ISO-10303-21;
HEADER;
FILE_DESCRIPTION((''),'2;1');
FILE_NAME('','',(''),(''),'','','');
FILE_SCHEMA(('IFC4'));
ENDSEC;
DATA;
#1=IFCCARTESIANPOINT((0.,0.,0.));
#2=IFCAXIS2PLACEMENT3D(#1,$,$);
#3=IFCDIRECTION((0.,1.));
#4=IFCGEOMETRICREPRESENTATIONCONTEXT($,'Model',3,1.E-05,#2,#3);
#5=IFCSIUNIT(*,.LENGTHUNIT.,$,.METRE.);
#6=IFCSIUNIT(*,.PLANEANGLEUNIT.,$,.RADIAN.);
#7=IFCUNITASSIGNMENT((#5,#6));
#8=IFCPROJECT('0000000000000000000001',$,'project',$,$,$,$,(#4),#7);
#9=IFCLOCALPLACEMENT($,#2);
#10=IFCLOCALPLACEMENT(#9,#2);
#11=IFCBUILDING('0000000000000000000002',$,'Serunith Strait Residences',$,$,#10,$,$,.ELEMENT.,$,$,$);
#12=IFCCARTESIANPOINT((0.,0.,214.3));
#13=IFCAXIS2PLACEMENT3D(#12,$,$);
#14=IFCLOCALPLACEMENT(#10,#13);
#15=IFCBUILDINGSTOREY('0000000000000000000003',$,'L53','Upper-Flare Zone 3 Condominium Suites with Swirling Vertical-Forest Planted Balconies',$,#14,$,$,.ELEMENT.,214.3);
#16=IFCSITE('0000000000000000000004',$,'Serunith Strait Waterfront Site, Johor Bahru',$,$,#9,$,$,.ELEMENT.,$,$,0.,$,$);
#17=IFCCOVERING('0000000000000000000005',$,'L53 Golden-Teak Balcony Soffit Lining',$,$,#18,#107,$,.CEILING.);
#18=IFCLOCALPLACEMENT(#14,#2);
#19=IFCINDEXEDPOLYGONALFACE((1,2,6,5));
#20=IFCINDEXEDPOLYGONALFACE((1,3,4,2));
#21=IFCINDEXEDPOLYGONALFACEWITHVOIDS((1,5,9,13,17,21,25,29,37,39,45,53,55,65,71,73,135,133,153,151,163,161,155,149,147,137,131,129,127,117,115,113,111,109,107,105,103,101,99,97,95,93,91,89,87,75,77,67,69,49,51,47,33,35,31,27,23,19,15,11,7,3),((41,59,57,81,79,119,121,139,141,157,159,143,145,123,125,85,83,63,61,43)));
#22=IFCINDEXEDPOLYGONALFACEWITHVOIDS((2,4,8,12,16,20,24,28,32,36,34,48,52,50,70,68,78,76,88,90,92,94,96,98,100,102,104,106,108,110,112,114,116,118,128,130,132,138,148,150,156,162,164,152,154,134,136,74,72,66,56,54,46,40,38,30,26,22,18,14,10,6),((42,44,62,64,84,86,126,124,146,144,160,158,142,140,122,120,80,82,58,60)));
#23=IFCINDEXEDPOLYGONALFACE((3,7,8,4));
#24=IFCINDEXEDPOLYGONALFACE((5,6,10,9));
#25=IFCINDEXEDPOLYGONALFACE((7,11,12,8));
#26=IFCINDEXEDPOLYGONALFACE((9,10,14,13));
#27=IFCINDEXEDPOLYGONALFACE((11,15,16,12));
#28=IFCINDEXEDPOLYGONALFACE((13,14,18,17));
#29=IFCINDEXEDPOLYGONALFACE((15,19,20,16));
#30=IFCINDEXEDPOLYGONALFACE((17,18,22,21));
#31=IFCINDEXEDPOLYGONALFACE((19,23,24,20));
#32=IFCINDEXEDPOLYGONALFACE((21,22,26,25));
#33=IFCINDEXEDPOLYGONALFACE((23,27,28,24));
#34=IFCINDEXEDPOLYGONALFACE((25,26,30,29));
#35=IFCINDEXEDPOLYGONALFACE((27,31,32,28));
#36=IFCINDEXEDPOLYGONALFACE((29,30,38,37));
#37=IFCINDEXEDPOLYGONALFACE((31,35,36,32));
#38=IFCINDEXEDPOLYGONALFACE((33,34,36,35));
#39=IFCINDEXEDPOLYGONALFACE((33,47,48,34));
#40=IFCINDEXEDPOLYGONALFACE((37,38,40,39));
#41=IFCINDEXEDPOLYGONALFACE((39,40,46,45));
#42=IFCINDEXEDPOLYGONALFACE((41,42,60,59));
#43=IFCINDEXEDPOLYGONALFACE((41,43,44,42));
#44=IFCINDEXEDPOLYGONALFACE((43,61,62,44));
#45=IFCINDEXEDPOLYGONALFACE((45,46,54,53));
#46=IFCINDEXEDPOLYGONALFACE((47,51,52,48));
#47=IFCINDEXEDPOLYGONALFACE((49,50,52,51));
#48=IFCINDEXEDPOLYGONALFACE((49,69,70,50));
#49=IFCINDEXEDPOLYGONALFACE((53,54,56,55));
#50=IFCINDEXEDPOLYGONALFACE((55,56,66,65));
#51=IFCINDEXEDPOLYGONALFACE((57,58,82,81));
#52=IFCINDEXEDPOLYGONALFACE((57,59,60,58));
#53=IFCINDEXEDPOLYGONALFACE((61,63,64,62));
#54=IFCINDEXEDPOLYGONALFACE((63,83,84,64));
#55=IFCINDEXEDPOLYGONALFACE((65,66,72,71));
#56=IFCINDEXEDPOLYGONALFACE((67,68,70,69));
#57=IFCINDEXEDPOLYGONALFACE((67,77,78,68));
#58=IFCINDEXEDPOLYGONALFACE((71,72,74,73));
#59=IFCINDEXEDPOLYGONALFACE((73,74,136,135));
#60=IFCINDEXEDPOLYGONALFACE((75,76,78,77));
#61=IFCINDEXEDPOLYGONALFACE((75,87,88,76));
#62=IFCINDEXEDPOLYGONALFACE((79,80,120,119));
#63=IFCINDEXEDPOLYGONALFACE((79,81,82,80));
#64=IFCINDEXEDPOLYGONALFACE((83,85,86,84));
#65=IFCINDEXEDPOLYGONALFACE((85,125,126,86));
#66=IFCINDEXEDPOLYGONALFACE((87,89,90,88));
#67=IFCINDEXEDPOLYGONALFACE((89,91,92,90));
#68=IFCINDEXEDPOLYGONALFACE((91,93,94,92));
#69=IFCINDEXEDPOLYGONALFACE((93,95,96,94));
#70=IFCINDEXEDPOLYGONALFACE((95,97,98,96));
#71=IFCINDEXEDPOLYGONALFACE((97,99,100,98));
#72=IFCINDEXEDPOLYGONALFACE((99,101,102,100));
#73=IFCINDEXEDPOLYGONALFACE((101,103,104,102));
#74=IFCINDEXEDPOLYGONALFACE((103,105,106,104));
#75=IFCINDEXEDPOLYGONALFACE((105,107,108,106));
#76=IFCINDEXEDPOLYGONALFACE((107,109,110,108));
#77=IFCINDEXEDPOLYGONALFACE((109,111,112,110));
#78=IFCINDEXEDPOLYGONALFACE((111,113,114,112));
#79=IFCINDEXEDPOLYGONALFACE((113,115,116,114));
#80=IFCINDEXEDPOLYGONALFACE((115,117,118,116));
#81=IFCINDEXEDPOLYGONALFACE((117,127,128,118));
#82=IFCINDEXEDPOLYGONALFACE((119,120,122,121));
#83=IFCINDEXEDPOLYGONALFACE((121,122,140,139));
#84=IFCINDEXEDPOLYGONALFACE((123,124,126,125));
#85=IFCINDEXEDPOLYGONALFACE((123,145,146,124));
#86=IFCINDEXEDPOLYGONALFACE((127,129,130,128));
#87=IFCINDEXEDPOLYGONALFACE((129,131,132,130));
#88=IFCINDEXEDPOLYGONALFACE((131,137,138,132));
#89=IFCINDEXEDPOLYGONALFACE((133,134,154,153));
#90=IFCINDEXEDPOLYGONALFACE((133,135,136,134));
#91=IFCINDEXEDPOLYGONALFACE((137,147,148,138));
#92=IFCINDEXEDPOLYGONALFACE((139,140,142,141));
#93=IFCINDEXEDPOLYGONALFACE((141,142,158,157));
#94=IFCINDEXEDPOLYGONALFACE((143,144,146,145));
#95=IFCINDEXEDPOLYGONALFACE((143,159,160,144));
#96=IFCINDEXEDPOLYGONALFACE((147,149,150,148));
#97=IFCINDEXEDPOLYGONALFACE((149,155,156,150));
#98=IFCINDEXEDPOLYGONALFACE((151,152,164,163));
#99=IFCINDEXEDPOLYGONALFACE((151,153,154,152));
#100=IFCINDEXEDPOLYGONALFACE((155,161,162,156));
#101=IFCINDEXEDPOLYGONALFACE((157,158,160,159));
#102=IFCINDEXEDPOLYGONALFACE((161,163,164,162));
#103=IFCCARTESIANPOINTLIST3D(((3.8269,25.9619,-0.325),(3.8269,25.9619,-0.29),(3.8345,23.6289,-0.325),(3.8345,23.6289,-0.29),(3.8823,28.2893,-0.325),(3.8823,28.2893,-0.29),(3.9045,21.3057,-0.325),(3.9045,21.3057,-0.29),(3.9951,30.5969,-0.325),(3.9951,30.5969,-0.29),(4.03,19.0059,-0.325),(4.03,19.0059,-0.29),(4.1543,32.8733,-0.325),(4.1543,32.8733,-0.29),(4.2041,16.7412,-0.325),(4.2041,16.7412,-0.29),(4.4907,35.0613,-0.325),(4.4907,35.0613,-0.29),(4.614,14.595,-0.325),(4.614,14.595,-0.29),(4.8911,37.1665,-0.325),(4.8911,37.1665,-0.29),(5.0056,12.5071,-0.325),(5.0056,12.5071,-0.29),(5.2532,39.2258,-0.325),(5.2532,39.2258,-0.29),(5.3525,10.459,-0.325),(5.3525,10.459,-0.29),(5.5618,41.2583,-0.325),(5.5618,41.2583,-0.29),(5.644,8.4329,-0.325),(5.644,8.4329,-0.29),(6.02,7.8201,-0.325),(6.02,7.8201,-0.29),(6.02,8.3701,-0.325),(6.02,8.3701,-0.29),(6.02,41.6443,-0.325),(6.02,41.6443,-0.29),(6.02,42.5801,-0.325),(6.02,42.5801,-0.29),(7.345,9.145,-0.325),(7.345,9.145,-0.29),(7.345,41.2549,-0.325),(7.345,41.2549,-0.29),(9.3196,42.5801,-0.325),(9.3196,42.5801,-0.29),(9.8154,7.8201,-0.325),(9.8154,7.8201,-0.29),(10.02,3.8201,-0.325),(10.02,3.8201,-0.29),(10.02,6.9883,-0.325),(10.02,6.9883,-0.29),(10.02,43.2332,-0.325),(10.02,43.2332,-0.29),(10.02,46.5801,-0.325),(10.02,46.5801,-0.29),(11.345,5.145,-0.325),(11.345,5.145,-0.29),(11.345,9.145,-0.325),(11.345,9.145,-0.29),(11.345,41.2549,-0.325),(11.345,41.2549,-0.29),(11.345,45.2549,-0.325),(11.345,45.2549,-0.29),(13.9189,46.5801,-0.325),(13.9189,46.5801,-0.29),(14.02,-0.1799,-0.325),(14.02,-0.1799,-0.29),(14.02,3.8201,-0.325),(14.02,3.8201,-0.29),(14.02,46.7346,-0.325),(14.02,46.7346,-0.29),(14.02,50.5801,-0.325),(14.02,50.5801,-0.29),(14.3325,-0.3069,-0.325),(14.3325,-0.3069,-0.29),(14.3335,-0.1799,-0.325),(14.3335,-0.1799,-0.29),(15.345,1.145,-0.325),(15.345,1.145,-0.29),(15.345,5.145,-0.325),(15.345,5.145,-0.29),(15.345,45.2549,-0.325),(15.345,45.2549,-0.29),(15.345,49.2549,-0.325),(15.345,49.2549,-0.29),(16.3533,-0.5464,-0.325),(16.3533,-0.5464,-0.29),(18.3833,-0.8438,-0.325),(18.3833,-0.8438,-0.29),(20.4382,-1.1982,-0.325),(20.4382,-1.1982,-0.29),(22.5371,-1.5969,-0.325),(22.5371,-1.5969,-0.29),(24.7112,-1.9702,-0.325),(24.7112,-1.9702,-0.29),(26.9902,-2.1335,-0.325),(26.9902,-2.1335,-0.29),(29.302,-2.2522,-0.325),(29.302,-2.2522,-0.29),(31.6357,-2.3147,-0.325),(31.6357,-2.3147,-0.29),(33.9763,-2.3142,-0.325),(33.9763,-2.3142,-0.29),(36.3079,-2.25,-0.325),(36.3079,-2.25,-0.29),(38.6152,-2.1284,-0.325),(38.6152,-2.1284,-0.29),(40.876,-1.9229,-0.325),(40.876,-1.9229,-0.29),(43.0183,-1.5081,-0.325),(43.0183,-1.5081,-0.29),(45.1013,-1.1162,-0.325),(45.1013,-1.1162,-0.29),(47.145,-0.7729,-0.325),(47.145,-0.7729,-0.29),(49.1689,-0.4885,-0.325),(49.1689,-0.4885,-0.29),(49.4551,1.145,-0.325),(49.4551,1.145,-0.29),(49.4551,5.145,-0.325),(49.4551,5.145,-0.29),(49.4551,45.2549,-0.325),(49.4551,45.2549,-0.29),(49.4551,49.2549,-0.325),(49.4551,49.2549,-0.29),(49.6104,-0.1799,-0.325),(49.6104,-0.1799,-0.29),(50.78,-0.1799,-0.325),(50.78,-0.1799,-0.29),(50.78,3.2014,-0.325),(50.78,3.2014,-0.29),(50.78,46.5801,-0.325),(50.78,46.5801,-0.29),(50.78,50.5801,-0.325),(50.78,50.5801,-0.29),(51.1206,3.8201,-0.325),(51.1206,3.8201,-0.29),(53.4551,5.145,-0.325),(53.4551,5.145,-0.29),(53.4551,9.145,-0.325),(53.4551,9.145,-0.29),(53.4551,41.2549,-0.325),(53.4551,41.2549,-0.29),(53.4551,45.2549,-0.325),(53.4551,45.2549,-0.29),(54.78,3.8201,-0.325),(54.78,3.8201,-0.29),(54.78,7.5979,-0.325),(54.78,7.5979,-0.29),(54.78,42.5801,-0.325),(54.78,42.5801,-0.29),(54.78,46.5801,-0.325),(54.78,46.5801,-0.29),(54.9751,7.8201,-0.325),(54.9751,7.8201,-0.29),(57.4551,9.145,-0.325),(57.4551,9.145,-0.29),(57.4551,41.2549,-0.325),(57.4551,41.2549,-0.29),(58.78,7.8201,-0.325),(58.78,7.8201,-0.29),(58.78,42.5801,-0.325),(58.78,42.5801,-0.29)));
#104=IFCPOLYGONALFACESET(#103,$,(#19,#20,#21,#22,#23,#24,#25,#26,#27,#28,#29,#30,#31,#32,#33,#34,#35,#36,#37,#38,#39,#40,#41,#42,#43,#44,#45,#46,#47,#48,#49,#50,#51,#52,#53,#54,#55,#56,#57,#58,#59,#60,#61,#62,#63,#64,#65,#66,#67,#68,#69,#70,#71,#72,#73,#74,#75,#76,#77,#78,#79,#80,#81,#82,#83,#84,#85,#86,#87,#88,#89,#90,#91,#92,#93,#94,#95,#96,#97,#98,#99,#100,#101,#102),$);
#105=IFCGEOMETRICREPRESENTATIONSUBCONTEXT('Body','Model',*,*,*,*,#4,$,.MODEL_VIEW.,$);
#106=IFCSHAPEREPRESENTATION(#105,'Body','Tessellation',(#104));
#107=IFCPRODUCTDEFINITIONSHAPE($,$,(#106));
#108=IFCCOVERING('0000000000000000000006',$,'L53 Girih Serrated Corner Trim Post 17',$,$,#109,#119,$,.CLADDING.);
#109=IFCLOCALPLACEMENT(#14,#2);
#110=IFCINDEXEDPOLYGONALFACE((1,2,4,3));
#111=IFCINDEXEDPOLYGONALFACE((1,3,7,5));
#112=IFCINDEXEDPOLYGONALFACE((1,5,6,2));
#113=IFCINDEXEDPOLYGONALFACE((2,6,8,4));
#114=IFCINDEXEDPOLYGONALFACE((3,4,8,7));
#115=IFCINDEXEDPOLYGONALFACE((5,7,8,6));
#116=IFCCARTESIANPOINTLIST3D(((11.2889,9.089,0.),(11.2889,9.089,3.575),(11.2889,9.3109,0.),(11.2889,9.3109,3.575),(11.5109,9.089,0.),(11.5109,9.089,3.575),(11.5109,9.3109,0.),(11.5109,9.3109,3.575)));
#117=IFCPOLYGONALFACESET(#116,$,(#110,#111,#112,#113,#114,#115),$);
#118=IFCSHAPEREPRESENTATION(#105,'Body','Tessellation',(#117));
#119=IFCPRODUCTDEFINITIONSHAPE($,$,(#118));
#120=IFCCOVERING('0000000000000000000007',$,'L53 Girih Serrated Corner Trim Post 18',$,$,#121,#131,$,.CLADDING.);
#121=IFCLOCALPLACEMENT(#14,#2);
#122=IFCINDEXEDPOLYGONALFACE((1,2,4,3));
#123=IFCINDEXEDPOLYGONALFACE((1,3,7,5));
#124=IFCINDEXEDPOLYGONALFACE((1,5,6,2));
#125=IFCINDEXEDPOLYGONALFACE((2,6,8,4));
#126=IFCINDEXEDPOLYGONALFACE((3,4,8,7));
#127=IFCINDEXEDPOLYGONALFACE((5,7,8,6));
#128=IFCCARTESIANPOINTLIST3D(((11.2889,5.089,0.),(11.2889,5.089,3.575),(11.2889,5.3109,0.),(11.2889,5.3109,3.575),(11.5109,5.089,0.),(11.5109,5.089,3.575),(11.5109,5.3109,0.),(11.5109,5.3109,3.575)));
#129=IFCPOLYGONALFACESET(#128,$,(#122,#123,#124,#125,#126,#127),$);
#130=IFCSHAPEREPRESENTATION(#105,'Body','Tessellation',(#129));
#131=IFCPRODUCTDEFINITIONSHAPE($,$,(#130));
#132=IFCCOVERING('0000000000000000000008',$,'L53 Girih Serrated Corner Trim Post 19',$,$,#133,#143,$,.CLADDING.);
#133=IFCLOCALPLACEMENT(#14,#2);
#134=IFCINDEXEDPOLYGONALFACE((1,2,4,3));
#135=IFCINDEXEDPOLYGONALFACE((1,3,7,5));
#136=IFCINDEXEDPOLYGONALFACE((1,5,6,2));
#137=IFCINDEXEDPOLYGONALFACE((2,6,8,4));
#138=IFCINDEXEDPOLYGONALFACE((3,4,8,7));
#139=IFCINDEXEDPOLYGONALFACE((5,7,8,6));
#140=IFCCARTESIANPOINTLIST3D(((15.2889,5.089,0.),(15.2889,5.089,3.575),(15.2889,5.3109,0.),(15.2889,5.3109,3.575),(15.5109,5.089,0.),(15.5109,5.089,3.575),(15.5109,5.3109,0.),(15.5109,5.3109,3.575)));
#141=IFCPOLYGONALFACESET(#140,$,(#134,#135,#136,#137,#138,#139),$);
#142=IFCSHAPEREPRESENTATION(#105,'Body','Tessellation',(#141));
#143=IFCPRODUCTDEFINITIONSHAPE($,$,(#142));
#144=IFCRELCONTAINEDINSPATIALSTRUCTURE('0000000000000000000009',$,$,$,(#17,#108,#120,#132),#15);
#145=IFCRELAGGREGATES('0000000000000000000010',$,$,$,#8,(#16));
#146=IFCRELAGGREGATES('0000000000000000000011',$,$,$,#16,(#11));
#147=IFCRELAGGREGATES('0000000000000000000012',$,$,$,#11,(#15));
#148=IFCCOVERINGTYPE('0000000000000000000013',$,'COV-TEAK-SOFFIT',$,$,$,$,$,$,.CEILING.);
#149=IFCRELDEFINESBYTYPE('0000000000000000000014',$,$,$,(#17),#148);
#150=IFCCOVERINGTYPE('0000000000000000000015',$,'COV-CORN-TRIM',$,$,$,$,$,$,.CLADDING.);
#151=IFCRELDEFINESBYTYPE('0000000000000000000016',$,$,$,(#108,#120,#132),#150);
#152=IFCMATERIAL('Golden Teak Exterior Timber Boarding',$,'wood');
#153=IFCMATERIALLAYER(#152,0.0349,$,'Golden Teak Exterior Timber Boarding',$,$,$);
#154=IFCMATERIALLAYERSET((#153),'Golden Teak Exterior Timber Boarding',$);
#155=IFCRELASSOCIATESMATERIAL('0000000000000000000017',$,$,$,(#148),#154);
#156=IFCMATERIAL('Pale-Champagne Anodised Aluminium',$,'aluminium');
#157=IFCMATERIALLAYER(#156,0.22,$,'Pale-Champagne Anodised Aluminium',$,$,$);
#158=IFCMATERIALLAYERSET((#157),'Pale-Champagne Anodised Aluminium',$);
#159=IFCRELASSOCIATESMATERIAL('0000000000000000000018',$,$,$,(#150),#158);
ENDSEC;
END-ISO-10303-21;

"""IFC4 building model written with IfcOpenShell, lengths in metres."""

from ifc_helpers import new_model, si_unit, direction, frame, origin, origin_2d, place, context, subcontext, project, spatial, polyline, rectangle, outline, extrude, source, transform, mapped, material, layer, layer_set, type_object, element, save


model = new_model("IFC4")

# Units and contexts
model_context = context("Model", 3, precision=1e-05, world=origin(), true_north=direction((0.0, 1.0)))
body_context = subcontext(model_context, "Body", "Model", "MODEL_VIEW")
ifc_project = project(units=[si_unit("LENGTHUNIT", "METRE"), si_unit("PLANEANGLEUNIT", "RADIAN")], contexts=[model_context])

# Site, building, storey
site_placement = place(None, origin())
site = spatial("IfcSite", under=ifc_project, at=site_placement, Name="Serunith Strait Waterfront Site, Johor Bahru", CompositionType="ELEMENT", RefElevation=0.0)
building_placement = place(site_placement, origin())
building = spatial("IfcBuilding", under=site, at=building_placement, Name="Serunith Strait Residences", CompositionType="ELEMENT")
storey_placement = place(building_placement, frame((0.0, 0.0, 214.3)))
storey = spatial("IfcBuildingStorey", under=building, at=storey_placement, Name="L53", Description="Upper-Flare Zone 3 Condominium Suites with Swirling Vertical-Forest Planted Balconies", CompositionType="ELEMENT", Elevation=214.3)

# Shared definitions
ifc_material_1 = material(Name="Pale-Champagne Anodised Aluminium", Category="aluminium")

# Covering
ifc_material_2 = material(Name="Golden Teak Exterior Timber Boarding", Category="wood")
ifc_layer_1 = layer(ifc_material_2, 0.0349, Name="Golden Teak Exterior Timber Boarding")
ifc_layer_set_1 = layer_set([ifc_layer_1], Name="Golden Teak Exterior Timber Boarding")
covering_type_1 = type_object("IfcCoveringType", Name="COV-TEAK-SOFFIT", PredefinedType="CEILING", material=ifc_layer_set_1)
covering_placement = place(storey_placement, frame((0.0, 0.0, -0.325)))
element("IfcCovering", 1, at=covering_placement, inside=storey, type_object=covering_type_1, Name="L53 Golden-Teak Balcony Soffit Lining", PredefinedType="CEILING", context=body_context, shape_type="SweptSolid", body=[
    extrude(outline(polyline([(14.02, -0.1799), (14.02, 3.8201), (10.02, 3.8201), (10.02, 6.9883), (9.8154, 7.8201), (6.02, 7.8201), (6.02, 8.3701), (5.644, 8.4329), (5.3525, 10.459), (5.0056, 12.5071), (4.614, 14.595), (4.2041, 16.7412), (4.03, 19.0059), (3.9045, 21.3057), (3.8345, 23.6289), (3.8269, 25.9619), (3.8823, 28.2893), (3.9951, 30.5969), (4.1543, 32.8733), (4.4907, 35.0613), (4.8911, 37.1665), (5.2532, 39.2258), (5.5618, 41.2583), (6.02, 41.6443), (6.02, 42.5801), (9.3196, 42.5801), (10.02, 43.2332), (10.02, 46.5801), (13.9189, 46.5801), (14.02, 46.7346), (14.02, 50.5801), (50.78, 50.5801), (50.78, 46.5801), (54.78, 46.5801), (54.78, 42.5801), (58.78, 42.5801), (58.78, 7.8201), (54.9751, 7.8201), (54.78, 7.5979), (54.78, 3.8201), (51.1206, 3.8201), (50.78, 3.2014), (50.78, -0.1799), (49.6104, -0.1799), (49.1689, -0.4885), (47.145, -0.7729), (45.1013, -1.1162), (43.0183, -1.5081), (40.876, -1.9229), (38.6152, -2.1284), (36.3079, -2.25), (33.9763, -2.3142), (31.6357, -2.3147), (29.302, -2.2522), (26.9902, -2.1335), (24.7112, -1.9702), (22.5371, -1.5969), (20.4382, -1.1982), (18.3833, -0.8438), (16.3533, -0.5464), (14.3325, -0.3069), (14.3335, -0.1799), (14.02, -0.1799)]), holes=[polyline([(49.4551, 1.145), (49.4551, 5.145), (53.4551, 5.145), (53.4551, 9.145), (57.4551, 9.145), (57.4551, 41.2549), (53.4551, 41.2549), (53.4551, 45.2549), (49.4551, 45.2549), (49.4551, 49.2549), (15.345, 49.2549), (15.345, 45.2549), (11.345, 45.2549), (11.345, 41.2549), (7.345, 41.2549), (7.345, 9.145), (11.345, 9.145), (11.345, 5.145), (15.345, 5.145), (15.345, 1.145), (49.4551, 1.145)])]), origin(), (0.0, 0.0, 1.0), 0.0349),
])

# Coverings
ifc_layer_2 = layer(ifc_material_1, 0.22, Name="Pale-Champagne Anodised Aluminium")
ifc_layer_set_2 = layer_set([ifc_layer_2], Name="Pale-Champagne Anodised Aluminium")
covering_type_2 = type_object("IfcCoveringType", Name="COV-CORN-TRIM", PredefinedType="CLADDING", material=ifc_layer_set_2)
shared_shape_1 = source(origin(), body_context, "Body", "SweptSolid", [
    extrude(rectangle(XDim=0.2219, YDim=0.2219, at=origin_2d()), origin(), (0.0, 0.0, 1.0), 3.575),
])
for number, where, z_axis, x_axis, name in (
    (2, (11.3999, 9.2, 0.0), (0.0, 0.0, 1.0), (1.0, 0.0, 0.0), "L53 Girih Serrated Corner Trim Post 17"),
    (3, (11.3999, 5.2, 0.0), (0.0, 0.0, 1.0), (1.0, 0.0, 0.0), "L53 Girih Serrated Corner Trim Post 18"),
    (4, (15.3999, 5.2, 0.0), (0.0, 0.0, 1.0), (1.0, 0.0, 0.0), "L53 Girih Serrated Corner Trim Post 19"),
):
    element("IfcCovering", number, at=place(storey_placement, frame(where, z_axis=z_axis, x_axis=x_axis)), inside=storey, type_object=covering_type_2, Name=name, PredefinedType="CLADDING", context=body_context, shape_type="MappedRepresentation", body=[
        mapped(shared_shape_1, transform((0.0, 0.0, 0.0), scale=1.0)),
    ])

save(model, "model.ifc")
